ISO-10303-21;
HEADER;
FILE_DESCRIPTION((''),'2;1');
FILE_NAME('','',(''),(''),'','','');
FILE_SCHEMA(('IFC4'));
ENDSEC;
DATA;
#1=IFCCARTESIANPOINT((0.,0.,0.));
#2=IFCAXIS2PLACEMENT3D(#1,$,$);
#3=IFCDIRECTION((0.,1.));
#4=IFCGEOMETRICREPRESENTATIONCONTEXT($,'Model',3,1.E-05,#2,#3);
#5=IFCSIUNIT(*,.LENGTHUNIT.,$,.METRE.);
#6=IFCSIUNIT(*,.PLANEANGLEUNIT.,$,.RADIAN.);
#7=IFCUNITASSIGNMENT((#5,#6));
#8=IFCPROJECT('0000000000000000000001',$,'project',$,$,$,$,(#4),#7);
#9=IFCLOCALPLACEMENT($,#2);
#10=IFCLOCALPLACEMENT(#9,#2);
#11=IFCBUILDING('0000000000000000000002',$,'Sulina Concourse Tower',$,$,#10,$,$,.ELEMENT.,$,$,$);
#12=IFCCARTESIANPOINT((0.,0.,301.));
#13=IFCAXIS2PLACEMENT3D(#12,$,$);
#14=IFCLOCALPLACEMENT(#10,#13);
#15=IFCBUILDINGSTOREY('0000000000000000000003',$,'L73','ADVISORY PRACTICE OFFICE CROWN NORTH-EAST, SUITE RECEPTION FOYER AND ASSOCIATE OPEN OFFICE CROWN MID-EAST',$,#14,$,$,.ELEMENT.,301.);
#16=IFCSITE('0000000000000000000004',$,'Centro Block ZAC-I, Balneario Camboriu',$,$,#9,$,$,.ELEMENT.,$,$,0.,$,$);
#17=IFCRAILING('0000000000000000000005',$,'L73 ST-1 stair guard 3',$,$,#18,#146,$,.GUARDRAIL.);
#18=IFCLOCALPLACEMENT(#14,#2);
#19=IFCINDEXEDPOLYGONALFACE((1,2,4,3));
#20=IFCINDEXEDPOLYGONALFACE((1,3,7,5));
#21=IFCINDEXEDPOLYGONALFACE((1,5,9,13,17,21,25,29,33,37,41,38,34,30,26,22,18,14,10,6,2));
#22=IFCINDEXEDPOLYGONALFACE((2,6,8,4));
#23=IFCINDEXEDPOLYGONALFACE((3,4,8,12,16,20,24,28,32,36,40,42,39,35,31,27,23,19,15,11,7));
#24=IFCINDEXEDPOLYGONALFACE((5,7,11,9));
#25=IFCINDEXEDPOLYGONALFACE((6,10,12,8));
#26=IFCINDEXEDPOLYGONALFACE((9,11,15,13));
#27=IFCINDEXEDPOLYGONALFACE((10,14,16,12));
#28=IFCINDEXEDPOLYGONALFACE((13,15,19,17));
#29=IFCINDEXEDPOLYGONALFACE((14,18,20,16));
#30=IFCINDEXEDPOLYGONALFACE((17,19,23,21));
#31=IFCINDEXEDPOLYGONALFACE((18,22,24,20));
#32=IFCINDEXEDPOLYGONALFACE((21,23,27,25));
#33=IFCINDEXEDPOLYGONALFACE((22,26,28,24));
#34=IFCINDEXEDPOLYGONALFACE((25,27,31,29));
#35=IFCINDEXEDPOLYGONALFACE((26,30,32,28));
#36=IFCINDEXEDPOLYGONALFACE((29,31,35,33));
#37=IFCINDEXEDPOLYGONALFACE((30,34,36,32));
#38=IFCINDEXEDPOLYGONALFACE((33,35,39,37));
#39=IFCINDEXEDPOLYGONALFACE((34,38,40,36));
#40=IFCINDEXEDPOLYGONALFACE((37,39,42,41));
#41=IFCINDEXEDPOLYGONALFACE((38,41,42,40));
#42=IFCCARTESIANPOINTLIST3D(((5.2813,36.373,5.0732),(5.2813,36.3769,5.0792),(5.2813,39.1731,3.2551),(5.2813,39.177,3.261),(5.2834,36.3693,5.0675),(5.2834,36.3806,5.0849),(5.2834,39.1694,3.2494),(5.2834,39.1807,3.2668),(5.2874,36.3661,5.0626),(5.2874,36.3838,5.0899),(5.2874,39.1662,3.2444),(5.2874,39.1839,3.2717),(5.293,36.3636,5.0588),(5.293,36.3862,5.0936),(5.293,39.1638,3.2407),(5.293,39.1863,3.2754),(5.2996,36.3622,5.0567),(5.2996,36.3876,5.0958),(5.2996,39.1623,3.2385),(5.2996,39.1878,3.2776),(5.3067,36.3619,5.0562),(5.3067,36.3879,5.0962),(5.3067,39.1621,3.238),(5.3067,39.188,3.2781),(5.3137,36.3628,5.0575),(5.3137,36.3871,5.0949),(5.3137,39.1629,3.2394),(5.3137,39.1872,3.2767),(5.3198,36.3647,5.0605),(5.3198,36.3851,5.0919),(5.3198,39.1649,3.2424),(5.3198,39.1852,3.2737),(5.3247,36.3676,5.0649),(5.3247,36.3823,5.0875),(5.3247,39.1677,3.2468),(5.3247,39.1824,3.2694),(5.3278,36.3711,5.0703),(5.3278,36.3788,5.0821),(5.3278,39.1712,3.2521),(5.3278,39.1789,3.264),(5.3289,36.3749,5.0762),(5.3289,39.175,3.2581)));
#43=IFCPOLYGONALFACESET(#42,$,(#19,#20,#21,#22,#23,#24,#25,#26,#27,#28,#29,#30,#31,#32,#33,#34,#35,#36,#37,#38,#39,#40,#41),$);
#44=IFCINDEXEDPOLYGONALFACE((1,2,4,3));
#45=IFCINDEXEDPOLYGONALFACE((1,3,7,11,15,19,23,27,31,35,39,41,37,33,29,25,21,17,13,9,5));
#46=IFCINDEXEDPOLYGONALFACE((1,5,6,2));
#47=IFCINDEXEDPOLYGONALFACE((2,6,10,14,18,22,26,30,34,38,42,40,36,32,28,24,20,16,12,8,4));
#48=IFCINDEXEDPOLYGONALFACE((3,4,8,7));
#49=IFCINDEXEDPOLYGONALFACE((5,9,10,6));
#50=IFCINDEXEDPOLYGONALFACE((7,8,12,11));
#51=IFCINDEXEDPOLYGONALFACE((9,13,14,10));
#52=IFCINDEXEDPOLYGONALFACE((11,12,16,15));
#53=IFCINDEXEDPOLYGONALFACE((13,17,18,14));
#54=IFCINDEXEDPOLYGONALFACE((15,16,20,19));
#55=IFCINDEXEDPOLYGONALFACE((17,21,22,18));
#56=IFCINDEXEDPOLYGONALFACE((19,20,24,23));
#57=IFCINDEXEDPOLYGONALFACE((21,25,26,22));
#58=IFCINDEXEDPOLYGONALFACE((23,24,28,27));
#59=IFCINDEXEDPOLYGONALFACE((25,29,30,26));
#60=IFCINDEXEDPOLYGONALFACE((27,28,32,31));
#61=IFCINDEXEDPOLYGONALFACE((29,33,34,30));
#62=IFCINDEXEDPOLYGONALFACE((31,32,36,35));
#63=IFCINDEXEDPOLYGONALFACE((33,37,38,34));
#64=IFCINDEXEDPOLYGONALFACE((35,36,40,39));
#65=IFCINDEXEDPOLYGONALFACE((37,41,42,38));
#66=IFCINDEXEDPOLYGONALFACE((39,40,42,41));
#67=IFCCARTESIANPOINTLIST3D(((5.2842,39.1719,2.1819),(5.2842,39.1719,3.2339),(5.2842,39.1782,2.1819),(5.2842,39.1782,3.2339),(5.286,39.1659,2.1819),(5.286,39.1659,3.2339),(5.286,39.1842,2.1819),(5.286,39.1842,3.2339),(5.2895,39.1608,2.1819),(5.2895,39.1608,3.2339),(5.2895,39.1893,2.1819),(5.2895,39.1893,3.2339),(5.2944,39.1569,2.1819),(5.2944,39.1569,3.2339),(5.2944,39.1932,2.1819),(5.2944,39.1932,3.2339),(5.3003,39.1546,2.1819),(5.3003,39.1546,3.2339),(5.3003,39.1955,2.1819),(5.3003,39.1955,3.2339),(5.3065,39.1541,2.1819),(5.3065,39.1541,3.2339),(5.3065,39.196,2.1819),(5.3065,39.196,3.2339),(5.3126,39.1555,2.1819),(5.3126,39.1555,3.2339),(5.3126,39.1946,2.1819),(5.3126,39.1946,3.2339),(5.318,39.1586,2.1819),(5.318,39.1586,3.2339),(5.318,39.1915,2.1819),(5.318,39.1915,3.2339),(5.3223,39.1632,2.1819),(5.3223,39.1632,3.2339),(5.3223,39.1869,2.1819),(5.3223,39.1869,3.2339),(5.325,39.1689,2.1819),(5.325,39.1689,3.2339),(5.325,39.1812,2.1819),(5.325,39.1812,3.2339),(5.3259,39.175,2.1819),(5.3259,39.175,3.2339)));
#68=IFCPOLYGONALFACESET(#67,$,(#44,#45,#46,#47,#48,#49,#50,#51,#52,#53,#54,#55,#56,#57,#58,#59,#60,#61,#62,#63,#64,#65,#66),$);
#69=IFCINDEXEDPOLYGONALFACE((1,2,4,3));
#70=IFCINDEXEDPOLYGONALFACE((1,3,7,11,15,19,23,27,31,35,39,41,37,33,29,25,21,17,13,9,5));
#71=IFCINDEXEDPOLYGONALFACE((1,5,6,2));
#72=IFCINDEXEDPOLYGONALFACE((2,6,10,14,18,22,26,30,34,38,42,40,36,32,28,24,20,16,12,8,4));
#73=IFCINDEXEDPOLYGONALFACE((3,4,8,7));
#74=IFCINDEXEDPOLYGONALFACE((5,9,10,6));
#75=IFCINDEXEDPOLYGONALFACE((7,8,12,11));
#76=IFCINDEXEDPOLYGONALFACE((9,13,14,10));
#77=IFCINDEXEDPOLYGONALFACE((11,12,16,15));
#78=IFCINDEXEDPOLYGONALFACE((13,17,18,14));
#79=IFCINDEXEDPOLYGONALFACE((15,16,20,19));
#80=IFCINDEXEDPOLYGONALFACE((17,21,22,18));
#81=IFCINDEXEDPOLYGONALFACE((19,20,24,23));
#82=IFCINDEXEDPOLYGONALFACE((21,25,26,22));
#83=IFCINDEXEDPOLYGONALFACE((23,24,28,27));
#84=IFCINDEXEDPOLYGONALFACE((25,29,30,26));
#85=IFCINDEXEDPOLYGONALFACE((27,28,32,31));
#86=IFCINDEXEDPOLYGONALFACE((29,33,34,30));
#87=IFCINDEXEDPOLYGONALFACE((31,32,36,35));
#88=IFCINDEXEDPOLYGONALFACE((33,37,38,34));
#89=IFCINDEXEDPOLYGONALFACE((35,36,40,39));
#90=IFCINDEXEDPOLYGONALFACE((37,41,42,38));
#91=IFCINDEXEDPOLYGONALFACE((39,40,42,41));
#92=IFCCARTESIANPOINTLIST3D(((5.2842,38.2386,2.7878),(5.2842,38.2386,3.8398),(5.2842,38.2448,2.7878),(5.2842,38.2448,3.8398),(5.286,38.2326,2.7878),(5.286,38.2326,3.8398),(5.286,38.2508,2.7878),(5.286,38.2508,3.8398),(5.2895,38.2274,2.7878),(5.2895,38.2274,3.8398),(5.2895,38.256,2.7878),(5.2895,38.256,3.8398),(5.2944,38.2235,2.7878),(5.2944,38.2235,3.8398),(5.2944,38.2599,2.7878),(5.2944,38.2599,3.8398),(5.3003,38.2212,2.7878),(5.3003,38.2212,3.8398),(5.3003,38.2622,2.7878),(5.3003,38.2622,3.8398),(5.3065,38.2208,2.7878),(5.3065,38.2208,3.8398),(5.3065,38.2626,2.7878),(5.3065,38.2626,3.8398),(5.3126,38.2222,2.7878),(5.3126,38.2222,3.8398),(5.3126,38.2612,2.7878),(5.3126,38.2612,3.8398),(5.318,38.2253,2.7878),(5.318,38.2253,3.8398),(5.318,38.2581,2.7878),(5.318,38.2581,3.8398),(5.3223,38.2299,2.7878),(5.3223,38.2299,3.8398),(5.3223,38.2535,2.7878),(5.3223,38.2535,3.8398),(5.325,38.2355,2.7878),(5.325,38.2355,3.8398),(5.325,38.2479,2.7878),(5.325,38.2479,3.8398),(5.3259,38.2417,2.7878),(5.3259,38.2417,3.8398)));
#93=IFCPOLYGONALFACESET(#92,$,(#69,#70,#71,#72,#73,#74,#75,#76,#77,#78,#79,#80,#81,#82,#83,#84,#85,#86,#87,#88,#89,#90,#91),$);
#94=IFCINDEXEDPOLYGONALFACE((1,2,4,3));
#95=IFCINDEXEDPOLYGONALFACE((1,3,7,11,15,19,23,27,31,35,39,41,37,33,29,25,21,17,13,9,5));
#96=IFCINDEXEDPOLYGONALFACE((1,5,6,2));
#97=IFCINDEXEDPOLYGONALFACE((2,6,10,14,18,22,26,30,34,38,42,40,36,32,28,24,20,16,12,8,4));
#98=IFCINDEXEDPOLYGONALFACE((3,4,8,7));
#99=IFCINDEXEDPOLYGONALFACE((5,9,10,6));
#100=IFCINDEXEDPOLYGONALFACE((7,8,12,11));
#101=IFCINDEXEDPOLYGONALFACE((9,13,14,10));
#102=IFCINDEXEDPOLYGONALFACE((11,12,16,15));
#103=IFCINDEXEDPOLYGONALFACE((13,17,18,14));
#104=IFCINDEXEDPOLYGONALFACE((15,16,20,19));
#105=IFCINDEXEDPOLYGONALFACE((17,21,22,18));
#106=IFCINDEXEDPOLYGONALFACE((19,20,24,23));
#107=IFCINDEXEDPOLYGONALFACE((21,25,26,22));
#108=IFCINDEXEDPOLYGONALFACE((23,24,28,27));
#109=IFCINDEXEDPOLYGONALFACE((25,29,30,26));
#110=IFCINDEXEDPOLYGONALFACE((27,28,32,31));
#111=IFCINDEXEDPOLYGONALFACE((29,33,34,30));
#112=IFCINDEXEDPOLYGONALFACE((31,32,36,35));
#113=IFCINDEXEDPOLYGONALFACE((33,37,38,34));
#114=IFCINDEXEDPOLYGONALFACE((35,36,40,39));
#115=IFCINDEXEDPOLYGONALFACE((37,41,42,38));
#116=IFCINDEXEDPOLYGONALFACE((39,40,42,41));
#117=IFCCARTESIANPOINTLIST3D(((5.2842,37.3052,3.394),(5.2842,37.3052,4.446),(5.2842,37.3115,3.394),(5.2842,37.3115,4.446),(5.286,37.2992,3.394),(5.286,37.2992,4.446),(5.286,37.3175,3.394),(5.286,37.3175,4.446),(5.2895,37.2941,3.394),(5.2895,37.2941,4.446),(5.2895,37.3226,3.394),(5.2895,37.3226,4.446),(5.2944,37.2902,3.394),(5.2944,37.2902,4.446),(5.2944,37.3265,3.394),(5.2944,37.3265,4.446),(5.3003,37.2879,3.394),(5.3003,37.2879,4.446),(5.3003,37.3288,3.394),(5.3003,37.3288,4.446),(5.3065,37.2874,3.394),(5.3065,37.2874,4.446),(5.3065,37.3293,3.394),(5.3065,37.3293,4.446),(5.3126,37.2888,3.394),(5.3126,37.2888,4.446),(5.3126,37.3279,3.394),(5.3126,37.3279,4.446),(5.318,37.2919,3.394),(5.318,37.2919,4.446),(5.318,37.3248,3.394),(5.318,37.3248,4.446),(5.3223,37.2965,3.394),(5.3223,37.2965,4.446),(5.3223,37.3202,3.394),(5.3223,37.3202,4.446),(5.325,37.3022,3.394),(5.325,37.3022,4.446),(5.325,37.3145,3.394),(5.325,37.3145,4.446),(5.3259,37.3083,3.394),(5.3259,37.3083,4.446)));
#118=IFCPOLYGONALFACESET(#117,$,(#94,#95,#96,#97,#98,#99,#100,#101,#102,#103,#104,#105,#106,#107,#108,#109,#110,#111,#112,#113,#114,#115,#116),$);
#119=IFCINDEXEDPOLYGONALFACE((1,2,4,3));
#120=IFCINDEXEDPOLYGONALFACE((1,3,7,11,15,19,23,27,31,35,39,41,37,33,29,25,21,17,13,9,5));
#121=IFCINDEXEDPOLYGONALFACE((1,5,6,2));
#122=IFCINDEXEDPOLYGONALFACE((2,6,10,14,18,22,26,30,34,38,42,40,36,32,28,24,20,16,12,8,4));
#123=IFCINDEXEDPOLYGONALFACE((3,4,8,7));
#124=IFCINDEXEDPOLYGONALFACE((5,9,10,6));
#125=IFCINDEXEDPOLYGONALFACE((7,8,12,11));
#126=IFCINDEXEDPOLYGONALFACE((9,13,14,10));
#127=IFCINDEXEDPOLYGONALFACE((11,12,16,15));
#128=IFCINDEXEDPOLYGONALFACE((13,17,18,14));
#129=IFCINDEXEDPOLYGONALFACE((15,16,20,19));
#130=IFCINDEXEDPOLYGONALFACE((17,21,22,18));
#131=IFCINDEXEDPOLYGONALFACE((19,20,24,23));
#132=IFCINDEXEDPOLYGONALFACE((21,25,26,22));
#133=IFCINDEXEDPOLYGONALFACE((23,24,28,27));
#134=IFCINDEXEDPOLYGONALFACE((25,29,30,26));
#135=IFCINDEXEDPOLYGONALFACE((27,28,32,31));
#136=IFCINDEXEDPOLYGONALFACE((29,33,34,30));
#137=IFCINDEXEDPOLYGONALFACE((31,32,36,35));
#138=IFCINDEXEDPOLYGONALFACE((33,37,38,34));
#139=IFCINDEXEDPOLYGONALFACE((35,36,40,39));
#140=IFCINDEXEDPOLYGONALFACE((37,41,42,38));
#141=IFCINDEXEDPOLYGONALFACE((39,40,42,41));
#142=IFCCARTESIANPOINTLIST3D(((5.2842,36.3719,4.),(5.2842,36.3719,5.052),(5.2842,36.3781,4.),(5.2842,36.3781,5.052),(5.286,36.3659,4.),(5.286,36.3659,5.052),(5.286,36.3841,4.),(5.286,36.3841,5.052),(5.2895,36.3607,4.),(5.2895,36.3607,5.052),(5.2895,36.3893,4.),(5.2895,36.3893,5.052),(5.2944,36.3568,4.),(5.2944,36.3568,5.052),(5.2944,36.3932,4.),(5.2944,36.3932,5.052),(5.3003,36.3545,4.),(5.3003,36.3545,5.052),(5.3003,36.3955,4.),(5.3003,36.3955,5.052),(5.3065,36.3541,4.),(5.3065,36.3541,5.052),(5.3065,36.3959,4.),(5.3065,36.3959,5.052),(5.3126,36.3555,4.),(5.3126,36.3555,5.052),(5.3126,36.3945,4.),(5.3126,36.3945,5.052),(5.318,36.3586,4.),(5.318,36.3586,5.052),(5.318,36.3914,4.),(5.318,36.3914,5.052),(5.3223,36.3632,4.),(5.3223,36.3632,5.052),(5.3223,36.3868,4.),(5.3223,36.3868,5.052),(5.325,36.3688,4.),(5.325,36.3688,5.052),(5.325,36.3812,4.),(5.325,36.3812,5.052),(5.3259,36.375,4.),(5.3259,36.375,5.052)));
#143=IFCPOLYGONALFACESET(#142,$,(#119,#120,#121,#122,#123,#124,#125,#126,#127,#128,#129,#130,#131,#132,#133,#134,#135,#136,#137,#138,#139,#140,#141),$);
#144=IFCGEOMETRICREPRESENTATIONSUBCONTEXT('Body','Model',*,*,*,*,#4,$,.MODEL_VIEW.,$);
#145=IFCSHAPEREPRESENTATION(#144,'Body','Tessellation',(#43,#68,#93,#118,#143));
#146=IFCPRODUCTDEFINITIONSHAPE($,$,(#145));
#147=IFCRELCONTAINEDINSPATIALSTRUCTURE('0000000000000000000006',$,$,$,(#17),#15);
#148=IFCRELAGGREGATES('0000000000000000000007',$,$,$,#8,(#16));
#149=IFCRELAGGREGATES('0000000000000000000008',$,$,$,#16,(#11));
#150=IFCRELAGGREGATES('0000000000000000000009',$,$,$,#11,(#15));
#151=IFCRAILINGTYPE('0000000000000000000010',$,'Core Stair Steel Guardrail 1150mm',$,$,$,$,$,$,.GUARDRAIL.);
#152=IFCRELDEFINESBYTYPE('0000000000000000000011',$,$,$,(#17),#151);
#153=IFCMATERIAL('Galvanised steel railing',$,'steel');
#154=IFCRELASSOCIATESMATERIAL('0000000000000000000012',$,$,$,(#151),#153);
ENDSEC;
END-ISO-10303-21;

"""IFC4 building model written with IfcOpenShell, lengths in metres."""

from ifc_helpers import new_model, si_unit, direction, frame, origin, origin_2d, place, context, subcontext, project, spatial, circle, extrude, material, type_object, element, save


model = new_model("IFC4")

# Units and contexts
model_context = context("Model", 3, precision=1e-05, world=origin(), true_north=direction((0.0, 1.0)))
body_context = subcontext(model_context, "Body", "Model", "MODEL_VIEW")
ifc_project = project(units=[si_unit("LENGTHUNIT", "METRE"), si_unit("PLANEANGLEUNIT", "RADIAN")], contexts=[model_context])

# Site, building, storey
site_placement = place(None, origin())
site = spatial("IfcSite", under=ifc_project, at=site_placement, Name="Centro Block ZAC-I, Balneario Camboriu", CompositionType="ELEMENT", RefElevation=0.0)
building_placement = place(site_placement, origin())
building = spatial("IfcBuilding", under=site, at=building_placement, Name="Sulina Concourse Tower", CompositionType="ELEMENT")
storey_placement = place(building_placement, frame((0.0, 0.0, 301.0)))
storey = spatial("IfcBuildingStorey", under=building, at=storey_placement, Name="L73", Description="ADVISORY PRACTICE OFFICE CROWN NORTH-EAST, SUITE RECEPTION FOYER AND ASSOCIATE OPEN OFFICE CROWN MID-EAST", CompositionType="ELEMENT", Elevation=301.0)

# Railing
ifc_material_1 = material(Name="Galvanised steel railing", Category="steel")
railing_type_1 = type_object("IfcRailingType", Name="Core Stair Steel Guardrail 1150mm", PredefinedType="GUARDRAIL", material=ifc_material_1)
railing_1_placement = place(storey_placement, frame((5.3049, 39.175, 2.1819)))
element("IfcRailing", 1, at=railing_1_placement, inside=storey, type_object=railing_type_1, Name="L73 ST-1 stair guard 3", PredefinedType="GUARDRAIL", context=body_context, shape_type="SweptSolid", body=[
    extrude(circle(Radius=0.0239, at=origin_2d()), frame((0.0, 0.0, 1.0762), z_axis=(0.0, -0.838706, 0.544585), x_axis=(1.0, 0.0, 0.0)), (0.0, 0.0, 1.0), 3.3386),
    extrude(circle(Radius=0.021, at=origin_2d()), origin(), (0.0, 0.0, 1.0), 1.052),
    extrude(circle(Radius=0.021, at=origin_2d()), frame((0.0, -0.9333, 0.606)), (0.0, 0.0, 1.0), 1.052),
    extrude(circle(Radius=0.021, at=origin_2d()), frame((0.0, -1.8667, 1.2122)), (0.0, 0.0, 1.0), 1.052),
    extrude(circle(Radius=0.021, at=origin_2d()), frame((0.0, -2.8, 1.8181)), (0.0, 0.0, 1.0), 1.052),
])

save(model, "model.ifc")
